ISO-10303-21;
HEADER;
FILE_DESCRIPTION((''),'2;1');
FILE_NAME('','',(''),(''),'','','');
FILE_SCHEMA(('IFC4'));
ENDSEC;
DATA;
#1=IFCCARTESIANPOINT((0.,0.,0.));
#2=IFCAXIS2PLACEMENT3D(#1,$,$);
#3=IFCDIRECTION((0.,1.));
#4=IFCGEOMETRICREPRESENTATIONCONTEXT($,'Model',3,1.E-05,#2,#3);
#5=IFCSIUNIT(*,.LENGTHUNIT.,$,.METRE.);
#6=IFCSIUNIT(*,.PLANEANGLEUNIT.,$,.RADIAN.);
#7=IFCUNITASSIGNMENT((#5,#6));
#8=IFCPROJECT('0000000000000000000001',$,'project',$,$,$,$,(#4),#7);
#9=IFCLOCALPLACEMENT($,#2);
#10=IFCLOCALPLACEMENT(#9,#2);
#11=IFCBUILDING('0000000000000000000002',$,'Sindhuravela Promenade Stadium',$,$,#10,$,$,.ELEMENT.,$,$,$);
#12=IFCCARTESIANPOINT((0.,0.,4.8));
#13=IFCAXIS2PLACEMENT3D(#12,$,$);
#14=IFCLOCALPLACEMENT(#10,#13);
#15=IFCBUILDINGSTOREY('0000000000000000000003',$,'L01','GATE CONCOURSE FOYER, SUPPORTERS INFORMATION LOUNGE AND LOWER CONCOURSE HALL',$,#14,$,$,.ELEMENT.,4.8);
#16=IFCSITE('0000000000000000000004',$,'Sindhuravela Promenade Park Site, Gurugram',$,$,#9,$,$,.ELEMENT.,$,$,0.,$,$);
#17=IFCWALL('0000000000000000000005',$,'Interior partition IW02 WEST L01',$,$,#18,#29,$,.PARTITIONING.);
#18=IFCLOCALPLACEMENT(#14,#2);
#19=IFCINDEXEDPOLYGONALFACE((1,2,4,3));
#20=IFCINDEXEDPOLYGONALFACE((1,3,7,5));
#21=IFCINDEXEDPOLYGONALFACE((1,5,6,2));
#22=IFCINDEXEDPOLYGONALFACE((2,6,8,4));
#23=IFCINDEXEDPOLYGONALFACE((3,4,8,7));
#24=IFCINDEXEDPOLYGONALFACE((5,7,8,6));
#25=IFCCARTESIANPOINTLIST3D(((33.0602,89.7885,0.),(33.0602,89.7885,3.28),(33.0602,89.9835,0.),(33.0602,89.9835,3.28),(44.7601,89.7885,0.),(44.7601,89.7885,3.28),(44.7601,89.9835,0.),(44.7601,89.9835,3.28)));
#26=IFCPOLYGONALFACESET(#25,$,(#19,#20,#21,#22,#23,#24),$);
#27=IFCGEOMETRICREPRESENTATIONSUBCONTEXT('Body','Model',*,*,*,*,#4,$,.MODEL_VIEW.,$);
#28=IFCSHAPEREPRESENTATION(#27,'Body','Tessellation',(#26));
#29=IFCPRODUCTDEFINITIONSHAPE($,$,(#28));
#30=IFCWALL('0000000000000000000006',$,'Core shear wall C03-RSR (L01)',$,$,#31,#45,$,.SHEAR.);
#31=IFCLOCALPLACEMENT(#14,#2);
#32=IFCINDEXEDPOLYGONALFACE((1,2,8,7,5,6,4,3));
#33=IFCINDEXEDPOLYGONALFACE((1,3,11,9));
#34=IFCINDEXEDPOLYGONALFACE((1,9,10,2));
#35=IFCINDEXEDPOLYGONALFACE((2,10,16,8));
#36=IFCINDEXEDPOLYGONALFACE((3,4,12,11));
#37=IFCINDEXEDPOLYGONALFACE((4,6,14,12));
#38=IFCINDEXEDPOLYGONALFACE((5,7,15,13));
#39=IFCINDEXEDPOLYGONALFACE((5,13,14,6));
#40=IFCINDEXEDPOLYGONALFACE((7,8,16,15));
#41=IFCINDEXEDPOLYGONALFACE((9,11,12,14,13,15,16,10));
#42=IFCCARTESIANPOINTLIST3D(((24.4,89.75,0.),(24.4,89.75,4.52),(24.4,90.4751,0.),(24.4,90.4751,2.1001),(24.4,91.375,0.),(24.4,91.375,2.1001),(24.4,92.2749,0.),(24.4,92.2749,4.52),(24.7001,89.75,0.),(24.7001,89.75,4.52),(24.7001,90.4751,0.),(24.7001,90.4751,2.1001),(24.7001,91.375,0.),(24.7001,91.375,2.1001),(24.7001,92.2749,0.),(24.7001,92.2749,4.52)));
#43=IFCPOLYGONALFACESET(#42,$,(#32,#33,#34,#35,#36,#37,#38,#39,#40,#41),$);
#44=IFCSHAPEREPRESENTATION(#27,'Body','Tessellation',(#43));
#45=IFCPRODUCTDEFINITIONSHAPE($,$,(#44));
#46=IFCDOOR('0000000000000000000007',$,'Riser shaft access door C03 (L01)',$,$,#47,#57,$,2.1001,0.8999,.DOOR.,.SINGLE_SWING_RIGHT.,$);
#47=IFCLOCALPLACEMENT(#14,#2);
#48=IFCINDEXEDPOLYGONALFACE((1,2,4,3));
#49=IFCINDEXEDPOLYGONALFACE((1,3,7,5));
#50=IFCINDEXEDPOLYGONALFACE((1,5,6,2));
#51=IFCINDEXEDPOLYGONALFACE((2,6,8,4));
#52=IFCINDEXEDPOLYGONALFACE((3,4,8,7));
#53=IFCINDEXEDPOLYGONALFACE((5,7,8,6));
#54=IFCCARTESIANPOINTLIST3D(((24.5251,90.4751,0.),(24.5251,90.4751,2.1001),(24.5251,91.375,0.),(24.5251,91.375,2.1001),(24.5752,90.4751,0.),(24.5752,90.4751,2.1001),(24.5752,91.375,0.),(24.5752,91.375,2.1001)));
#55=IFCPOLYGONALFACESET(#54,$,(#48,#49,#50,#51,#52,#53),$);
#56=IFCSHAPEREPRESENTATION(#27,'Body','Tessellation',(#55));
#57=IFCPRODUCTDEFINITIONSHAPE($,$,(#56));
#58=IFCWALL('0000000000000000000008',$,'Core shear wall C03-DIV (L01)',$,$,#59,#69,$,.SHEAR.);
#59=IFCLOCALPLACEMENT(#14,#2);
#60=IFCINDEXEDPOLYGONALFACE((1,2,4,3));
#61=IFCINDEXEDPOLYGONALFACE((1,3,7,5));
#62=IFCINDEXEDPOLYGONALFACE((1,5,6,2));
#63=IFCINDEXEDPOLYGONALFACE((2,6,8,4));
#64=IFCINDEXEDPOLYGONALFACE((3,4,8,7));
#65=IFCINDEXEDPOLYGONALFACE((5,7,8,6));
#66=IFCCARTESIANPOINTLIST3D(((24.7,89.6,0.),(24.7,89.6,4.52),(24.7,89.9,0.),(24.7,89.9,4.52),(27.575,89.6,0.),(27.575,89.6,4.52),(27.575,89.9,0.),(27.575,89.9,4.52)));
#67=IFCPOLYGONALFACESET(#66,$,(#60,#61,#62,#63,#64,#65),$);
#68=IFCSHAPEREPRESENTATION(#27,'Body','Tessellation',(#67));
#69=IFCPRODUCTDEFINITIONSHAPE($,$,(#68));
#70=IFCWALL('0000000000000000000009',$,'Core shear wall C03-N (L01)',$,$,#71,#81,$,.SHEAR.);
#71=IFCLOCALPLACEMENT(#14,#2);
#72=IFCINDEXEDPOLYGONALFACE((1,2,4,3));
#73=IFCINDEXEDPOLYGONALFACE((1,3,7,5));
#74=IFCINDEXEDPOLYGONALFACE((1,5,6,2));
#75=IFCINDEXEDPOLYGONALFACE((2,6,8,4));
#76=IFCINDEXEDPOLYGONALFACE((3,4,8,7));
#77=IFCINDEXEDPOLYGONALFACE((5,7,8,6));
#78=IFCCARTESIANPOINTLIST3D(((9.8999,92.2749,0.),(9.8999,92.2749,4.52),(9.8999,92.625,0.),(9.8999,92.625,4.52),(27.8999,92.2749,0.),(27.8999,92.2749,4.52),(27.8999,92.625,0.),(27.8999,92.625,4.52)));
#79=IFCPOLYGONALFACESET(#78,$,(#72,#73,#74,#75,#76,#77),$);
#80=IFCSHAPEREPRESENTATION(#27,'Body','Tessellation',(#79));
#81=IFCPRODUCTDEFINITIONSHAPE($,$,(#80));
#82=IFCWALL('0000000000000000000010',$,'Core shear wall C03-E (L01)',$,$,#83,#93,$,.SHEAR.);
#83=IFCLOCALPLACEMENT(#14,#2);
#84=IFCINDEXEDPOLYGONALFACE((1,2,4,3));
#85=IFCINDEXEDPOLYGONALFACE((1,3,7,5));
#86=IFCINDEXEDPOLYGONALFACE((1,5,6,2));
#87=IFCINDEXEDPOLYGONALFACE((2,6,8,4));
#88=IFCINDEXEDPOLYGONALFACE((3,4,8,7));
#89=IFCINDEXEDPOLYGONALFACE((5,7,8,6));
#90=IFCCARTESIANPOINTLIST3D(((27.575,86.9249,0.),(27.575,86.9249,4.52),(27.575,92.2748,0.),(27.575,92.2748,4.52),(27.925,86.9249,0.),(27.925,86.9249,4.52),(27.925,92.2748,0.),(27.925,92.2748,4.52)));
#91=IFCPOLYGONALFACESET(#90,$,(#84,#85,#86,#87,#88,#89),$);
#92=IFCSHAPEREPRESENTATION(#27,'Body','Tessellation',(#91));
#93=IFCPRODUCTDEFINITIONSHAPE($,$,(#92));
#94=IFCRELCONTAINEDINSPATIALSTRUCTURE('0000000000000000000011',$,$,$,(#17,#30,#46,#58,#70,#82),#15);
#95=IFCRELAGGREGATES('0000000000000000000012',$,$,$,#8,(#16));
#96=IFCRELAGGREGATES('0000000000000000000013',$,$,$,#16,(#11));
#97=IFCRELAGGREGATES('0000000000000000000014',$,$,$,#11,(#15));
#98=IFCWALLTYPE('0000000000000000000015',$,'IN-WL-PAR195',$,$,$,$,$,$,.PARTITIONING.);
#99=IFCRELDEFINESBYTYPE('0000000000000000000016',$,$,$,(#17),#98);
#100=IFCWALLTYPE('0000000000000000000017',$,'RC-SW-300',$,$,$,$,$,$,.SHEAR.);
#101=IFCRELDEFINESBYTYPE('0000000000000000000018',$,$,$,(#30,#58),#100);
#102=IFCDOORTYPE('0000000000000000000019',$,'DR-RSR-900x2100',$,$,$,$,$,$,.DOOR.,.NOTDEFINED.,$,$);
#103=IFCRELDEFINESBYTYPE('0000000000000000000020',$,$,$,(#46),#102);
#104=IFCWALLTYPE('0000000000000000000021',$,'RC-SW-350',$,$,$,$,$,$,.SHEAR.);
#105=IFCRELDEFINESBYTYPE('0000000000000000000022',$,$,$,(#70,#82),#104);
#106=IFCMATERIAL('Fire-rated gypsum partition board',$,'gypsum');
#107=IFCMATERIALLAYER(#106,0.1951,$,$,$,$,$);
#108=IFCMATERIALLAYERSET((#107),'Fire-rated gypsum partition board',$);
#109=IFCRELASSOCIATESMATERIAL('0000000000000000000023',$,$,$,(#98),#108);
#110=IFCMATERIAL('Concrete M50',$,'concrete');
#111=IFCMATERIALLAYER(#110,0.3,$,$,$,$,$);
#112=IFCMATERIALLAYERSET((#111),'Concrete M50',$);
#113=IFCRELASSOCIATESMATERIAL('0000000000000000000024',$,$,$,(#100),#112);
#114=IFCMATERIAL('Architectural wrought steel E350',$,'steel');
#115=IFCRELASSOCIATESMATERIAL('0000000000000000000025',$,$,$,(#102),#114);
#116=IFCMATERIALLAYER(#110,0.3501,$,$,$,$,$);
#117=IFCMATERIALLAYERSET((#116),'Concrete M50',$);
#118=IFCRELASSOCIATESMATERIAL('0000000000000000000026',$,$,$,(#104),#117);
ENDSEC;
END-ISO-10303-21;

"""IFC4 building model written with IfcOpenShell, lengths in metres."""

from ifc_helpers import new_model, si_unit, direction, frame, frame_2d, origin, place, context, subcontext, project, spatial, rectangle, extrude, material, layer, layer_set, type_object, element, fill, save


model = new_model("IFC4")

# Units and contexts
model_context = context("Model", 3, precision=1e-05, world=origin(), true_north=direction((0.0, 1.0)))
body_context = subcontext(model_context, "Body", "Model", "MODEL_VIEW")
ifc_project = project(units=[si_unit("LENGTHUNIT", "METRE"), si_unit("PLANEANGLEUNIT", "RADIAN")], contexts=[model_context])

# Site, building, storey
site_placement = place(None, origin())
site = spatial("IfcSite", under=ifc_project, at=site_placement, Name="Sindhuravela Promenade Park Site, Gurugram", CompositionType="ELEMENT", RefElevation=0.0)
building_placement = place(site_placement, origin())
building = spatial("IfcBuilding", under=site, at=building_placement, Name="Sindhuravela Promenade Stadium", CompositionType="ELEMENT")
storey_placement = place(building_placement, frame((0.0, 0.0, 4.8)))
storey = spatial("IfcBuildingStorey", under=building, at=storey_placement, Name="L01", Description="GATE CONCOURSE FOYER, SUPPORTERS INFORMATION LOUNGE AND LOWER CONCOURSE HALL", CompositionType="ELEMENT", Elevation=4.8)

# Shared definitions
ifc_material_1 = material(Name="Concrete M50", Category="concrete")

# Shared definitions
ifc_material_2 = material(Name="Fire-rated gypsum partition board", Category="gypsum")

# Wall
ifc_layer_1 = layer(ifc_material_2, 0.1951)
ifc_layer_set_1 = layer_set([ifc_layer_1], Name="Fire-rated gypsum partition board")
wall_type_1 = type_object("IfcWallType", Name="IN-WL-PAR195", PredefinedType="PARTITIONING", material=ifc_layer_set_1)
wall_1_placement = place(storey_placement, frame((33.0601, 89.886, 0.0), z_axis=(0.0, 0.0, 1.0), x_axis=(1.0, 0.0, 0.0)))
element("IfcWall", 1, at=wall_1_placement, inside=storey, type_object=wall_type_1, Name="Interior partition IW02 WEST L01", PredefinedType="PARTITIONING", context=body_context, shape_type="SweptSolid", body=[
    extrude(rectangle(XDim=11.7, YDim=0.1951, at=frame_2d((5.8501, 0.0))), origin(), (0.0, 0.0, 1.0), 3.28),
])

# Wall, opening, door
ifc_layer_2 = layer(ifc_material_1, 0.3)
ifc_layer_set_2 = layer_set([ifc_layer_2], Name="Concrete M50")
wall_type_2 = type_object("IfcWallType", Name="RC-SW-300", PredefinedType="SHEAR", material=ifc_layer_set_2)
wall_2_placement = place(storey_placement, frame((24.55, 89.75, 0.0), z_axis=(0.0, 0.0, 1.0), x_axis=(0.0, 1.0, 0.0)))
wall_2 = element("IfcWall", 2, at=wall_2_placement, inside=storey, type_object=wall_type_2, Name="Core shear wall C03-RSR (L01)", PredefinedType="SHEAR", context=body_context, shape_type="SweptSolid", body=[
    extrude(rectangle(XDim=2.5249, YDim=0.3, at=frame_2d((1.2625, 0.0))), origin(), (0.0, 0.0, 1.0), 4.52),
])
opening_1_placement = place(wall_2_placement, frame((0.7251, 0.0, 0.0)))
opening_1 = element("IfcOpeningElement", 3, at=opening_1_placement, cuts=wall_2, PredefinedType="OPENING", context=body_context, shape_type="SweptSolid", body=[
    extrude(rectangle(XDim=0.8999, YDim=2.1001, at=frame_2d((0.45, 1.05))), frame((0.0, 0.1599, 0.0), z_axis=(0.0, -1.0, 0.0), x_axis=(1.0, 0.0, 0.0)), (0.0, 0.0, 1.0), 0.3201),
])
ifc_material_3 = material(Name="Architectural wrought steel E350", Category="steel")
door_type_1 = type_object("IfcDoorType", Name="DR-RSR-900x2100", OperationType="NOTDEFINED", PredefinedType="DOOR", material=ifc_material_3)
door_1_placement = place(opening_1_placement, origin())
door_1 = element("IfcDoor", 4, at=door_1_placement, inside=storey, type_object=door_type_1, Name="Riser shaft access door C03 (L01)", OperationType="SINGLE_SWING_RIGHT", OverallHeight=2.1001, OverallWidth=0.8999, PredefinedType="DOOR", context=body_context, shape_type="SweptSolid", body=[
    extrude(rectangle(XDim=0.8999, YDim=2.1001, at=frame_2d((0.45, 1.05))), frame((0.0, 0.0249, 0.0), z_axis=(0.0, -1.0, 0.0), x_axis=(1.0, 0.0, 0.0)), (0.0, 0.0, 1.0), 0.05),
])
fill(opening_1, door_1)

# Walls
wall_3_placement = place(storey_placement, frame((24.7, 89.75, 0.0), z_axis=(0.0, 0.0, 1.0), x_axis=(1.0, 0.0, 0.0)))
element("IfcWall", 5, at=wall_3_placement, inside=storey, type_object=wall_type_2, Name="Core shear wall C03-DIV (L01)", PredefinedType="SHEAR", context=body_context, shape_type="SweptSolid", body=[
    extrude(rectangle(XDim=2.875, YDim=0.3, at=frame_2d((1.4375, 0.0))), origin(), (0.0, 0.0, 1.0), 4.52),
])
ifc_layer_3 = layer(ifc_material_1, 0.3501)
ifc_layer_set_3 = layer_set([ifc_layer_3], Name="Concrete M50")
wall_type_3 = type_object("IfcWallType", Name="RC-SW-350", PredefinedType="SHEAR", material=ifc_layer_set_3)
wall_4_placement = place(storey_placement, frame((27.8999, 92.45, 0.0), z_axis=(0.0, 0.0, 1.0), x_axis=(-1.0, 0.0, 0.0)))
element("IfcWall", 6, at=wall_4_placement, inside=storey, type_object=wall_type_3, Name="Core shear wall C03-N (L01)", PredefinedType="SHEAR", context=body_context, shape_type="SweptSolid", body=[
    extrude(rectangle(XDim=18.0, YDim=0.3501, at=frame_2d((9.0, 0.0))), origin(), (0.0, 0.0, 1.0), 4.52),
])
wall_5_placement = place(storey_placement, frame((27.75, 86.925, 0.0), z_axis=(0.0, 0.0, 1.0), x_axis=(0.0, 1.0, 0.0)))
element("IfcWall", 7, at=wall_5_placement, inside=storey, type_object=wall_type_3, Name="Core shear wall C03-E (L01)", PredefinedType="SHEAR", context=body_context, shape_type="SweptSolid", body=[
    extrude(rectangle(XDim=5.3499, YDim=0.3501, at=frame_2d((2.6748, 0.0))), origin(), (0.0, 0.0, 1.0), 4.52),
])

save(model, "model.ifc")
